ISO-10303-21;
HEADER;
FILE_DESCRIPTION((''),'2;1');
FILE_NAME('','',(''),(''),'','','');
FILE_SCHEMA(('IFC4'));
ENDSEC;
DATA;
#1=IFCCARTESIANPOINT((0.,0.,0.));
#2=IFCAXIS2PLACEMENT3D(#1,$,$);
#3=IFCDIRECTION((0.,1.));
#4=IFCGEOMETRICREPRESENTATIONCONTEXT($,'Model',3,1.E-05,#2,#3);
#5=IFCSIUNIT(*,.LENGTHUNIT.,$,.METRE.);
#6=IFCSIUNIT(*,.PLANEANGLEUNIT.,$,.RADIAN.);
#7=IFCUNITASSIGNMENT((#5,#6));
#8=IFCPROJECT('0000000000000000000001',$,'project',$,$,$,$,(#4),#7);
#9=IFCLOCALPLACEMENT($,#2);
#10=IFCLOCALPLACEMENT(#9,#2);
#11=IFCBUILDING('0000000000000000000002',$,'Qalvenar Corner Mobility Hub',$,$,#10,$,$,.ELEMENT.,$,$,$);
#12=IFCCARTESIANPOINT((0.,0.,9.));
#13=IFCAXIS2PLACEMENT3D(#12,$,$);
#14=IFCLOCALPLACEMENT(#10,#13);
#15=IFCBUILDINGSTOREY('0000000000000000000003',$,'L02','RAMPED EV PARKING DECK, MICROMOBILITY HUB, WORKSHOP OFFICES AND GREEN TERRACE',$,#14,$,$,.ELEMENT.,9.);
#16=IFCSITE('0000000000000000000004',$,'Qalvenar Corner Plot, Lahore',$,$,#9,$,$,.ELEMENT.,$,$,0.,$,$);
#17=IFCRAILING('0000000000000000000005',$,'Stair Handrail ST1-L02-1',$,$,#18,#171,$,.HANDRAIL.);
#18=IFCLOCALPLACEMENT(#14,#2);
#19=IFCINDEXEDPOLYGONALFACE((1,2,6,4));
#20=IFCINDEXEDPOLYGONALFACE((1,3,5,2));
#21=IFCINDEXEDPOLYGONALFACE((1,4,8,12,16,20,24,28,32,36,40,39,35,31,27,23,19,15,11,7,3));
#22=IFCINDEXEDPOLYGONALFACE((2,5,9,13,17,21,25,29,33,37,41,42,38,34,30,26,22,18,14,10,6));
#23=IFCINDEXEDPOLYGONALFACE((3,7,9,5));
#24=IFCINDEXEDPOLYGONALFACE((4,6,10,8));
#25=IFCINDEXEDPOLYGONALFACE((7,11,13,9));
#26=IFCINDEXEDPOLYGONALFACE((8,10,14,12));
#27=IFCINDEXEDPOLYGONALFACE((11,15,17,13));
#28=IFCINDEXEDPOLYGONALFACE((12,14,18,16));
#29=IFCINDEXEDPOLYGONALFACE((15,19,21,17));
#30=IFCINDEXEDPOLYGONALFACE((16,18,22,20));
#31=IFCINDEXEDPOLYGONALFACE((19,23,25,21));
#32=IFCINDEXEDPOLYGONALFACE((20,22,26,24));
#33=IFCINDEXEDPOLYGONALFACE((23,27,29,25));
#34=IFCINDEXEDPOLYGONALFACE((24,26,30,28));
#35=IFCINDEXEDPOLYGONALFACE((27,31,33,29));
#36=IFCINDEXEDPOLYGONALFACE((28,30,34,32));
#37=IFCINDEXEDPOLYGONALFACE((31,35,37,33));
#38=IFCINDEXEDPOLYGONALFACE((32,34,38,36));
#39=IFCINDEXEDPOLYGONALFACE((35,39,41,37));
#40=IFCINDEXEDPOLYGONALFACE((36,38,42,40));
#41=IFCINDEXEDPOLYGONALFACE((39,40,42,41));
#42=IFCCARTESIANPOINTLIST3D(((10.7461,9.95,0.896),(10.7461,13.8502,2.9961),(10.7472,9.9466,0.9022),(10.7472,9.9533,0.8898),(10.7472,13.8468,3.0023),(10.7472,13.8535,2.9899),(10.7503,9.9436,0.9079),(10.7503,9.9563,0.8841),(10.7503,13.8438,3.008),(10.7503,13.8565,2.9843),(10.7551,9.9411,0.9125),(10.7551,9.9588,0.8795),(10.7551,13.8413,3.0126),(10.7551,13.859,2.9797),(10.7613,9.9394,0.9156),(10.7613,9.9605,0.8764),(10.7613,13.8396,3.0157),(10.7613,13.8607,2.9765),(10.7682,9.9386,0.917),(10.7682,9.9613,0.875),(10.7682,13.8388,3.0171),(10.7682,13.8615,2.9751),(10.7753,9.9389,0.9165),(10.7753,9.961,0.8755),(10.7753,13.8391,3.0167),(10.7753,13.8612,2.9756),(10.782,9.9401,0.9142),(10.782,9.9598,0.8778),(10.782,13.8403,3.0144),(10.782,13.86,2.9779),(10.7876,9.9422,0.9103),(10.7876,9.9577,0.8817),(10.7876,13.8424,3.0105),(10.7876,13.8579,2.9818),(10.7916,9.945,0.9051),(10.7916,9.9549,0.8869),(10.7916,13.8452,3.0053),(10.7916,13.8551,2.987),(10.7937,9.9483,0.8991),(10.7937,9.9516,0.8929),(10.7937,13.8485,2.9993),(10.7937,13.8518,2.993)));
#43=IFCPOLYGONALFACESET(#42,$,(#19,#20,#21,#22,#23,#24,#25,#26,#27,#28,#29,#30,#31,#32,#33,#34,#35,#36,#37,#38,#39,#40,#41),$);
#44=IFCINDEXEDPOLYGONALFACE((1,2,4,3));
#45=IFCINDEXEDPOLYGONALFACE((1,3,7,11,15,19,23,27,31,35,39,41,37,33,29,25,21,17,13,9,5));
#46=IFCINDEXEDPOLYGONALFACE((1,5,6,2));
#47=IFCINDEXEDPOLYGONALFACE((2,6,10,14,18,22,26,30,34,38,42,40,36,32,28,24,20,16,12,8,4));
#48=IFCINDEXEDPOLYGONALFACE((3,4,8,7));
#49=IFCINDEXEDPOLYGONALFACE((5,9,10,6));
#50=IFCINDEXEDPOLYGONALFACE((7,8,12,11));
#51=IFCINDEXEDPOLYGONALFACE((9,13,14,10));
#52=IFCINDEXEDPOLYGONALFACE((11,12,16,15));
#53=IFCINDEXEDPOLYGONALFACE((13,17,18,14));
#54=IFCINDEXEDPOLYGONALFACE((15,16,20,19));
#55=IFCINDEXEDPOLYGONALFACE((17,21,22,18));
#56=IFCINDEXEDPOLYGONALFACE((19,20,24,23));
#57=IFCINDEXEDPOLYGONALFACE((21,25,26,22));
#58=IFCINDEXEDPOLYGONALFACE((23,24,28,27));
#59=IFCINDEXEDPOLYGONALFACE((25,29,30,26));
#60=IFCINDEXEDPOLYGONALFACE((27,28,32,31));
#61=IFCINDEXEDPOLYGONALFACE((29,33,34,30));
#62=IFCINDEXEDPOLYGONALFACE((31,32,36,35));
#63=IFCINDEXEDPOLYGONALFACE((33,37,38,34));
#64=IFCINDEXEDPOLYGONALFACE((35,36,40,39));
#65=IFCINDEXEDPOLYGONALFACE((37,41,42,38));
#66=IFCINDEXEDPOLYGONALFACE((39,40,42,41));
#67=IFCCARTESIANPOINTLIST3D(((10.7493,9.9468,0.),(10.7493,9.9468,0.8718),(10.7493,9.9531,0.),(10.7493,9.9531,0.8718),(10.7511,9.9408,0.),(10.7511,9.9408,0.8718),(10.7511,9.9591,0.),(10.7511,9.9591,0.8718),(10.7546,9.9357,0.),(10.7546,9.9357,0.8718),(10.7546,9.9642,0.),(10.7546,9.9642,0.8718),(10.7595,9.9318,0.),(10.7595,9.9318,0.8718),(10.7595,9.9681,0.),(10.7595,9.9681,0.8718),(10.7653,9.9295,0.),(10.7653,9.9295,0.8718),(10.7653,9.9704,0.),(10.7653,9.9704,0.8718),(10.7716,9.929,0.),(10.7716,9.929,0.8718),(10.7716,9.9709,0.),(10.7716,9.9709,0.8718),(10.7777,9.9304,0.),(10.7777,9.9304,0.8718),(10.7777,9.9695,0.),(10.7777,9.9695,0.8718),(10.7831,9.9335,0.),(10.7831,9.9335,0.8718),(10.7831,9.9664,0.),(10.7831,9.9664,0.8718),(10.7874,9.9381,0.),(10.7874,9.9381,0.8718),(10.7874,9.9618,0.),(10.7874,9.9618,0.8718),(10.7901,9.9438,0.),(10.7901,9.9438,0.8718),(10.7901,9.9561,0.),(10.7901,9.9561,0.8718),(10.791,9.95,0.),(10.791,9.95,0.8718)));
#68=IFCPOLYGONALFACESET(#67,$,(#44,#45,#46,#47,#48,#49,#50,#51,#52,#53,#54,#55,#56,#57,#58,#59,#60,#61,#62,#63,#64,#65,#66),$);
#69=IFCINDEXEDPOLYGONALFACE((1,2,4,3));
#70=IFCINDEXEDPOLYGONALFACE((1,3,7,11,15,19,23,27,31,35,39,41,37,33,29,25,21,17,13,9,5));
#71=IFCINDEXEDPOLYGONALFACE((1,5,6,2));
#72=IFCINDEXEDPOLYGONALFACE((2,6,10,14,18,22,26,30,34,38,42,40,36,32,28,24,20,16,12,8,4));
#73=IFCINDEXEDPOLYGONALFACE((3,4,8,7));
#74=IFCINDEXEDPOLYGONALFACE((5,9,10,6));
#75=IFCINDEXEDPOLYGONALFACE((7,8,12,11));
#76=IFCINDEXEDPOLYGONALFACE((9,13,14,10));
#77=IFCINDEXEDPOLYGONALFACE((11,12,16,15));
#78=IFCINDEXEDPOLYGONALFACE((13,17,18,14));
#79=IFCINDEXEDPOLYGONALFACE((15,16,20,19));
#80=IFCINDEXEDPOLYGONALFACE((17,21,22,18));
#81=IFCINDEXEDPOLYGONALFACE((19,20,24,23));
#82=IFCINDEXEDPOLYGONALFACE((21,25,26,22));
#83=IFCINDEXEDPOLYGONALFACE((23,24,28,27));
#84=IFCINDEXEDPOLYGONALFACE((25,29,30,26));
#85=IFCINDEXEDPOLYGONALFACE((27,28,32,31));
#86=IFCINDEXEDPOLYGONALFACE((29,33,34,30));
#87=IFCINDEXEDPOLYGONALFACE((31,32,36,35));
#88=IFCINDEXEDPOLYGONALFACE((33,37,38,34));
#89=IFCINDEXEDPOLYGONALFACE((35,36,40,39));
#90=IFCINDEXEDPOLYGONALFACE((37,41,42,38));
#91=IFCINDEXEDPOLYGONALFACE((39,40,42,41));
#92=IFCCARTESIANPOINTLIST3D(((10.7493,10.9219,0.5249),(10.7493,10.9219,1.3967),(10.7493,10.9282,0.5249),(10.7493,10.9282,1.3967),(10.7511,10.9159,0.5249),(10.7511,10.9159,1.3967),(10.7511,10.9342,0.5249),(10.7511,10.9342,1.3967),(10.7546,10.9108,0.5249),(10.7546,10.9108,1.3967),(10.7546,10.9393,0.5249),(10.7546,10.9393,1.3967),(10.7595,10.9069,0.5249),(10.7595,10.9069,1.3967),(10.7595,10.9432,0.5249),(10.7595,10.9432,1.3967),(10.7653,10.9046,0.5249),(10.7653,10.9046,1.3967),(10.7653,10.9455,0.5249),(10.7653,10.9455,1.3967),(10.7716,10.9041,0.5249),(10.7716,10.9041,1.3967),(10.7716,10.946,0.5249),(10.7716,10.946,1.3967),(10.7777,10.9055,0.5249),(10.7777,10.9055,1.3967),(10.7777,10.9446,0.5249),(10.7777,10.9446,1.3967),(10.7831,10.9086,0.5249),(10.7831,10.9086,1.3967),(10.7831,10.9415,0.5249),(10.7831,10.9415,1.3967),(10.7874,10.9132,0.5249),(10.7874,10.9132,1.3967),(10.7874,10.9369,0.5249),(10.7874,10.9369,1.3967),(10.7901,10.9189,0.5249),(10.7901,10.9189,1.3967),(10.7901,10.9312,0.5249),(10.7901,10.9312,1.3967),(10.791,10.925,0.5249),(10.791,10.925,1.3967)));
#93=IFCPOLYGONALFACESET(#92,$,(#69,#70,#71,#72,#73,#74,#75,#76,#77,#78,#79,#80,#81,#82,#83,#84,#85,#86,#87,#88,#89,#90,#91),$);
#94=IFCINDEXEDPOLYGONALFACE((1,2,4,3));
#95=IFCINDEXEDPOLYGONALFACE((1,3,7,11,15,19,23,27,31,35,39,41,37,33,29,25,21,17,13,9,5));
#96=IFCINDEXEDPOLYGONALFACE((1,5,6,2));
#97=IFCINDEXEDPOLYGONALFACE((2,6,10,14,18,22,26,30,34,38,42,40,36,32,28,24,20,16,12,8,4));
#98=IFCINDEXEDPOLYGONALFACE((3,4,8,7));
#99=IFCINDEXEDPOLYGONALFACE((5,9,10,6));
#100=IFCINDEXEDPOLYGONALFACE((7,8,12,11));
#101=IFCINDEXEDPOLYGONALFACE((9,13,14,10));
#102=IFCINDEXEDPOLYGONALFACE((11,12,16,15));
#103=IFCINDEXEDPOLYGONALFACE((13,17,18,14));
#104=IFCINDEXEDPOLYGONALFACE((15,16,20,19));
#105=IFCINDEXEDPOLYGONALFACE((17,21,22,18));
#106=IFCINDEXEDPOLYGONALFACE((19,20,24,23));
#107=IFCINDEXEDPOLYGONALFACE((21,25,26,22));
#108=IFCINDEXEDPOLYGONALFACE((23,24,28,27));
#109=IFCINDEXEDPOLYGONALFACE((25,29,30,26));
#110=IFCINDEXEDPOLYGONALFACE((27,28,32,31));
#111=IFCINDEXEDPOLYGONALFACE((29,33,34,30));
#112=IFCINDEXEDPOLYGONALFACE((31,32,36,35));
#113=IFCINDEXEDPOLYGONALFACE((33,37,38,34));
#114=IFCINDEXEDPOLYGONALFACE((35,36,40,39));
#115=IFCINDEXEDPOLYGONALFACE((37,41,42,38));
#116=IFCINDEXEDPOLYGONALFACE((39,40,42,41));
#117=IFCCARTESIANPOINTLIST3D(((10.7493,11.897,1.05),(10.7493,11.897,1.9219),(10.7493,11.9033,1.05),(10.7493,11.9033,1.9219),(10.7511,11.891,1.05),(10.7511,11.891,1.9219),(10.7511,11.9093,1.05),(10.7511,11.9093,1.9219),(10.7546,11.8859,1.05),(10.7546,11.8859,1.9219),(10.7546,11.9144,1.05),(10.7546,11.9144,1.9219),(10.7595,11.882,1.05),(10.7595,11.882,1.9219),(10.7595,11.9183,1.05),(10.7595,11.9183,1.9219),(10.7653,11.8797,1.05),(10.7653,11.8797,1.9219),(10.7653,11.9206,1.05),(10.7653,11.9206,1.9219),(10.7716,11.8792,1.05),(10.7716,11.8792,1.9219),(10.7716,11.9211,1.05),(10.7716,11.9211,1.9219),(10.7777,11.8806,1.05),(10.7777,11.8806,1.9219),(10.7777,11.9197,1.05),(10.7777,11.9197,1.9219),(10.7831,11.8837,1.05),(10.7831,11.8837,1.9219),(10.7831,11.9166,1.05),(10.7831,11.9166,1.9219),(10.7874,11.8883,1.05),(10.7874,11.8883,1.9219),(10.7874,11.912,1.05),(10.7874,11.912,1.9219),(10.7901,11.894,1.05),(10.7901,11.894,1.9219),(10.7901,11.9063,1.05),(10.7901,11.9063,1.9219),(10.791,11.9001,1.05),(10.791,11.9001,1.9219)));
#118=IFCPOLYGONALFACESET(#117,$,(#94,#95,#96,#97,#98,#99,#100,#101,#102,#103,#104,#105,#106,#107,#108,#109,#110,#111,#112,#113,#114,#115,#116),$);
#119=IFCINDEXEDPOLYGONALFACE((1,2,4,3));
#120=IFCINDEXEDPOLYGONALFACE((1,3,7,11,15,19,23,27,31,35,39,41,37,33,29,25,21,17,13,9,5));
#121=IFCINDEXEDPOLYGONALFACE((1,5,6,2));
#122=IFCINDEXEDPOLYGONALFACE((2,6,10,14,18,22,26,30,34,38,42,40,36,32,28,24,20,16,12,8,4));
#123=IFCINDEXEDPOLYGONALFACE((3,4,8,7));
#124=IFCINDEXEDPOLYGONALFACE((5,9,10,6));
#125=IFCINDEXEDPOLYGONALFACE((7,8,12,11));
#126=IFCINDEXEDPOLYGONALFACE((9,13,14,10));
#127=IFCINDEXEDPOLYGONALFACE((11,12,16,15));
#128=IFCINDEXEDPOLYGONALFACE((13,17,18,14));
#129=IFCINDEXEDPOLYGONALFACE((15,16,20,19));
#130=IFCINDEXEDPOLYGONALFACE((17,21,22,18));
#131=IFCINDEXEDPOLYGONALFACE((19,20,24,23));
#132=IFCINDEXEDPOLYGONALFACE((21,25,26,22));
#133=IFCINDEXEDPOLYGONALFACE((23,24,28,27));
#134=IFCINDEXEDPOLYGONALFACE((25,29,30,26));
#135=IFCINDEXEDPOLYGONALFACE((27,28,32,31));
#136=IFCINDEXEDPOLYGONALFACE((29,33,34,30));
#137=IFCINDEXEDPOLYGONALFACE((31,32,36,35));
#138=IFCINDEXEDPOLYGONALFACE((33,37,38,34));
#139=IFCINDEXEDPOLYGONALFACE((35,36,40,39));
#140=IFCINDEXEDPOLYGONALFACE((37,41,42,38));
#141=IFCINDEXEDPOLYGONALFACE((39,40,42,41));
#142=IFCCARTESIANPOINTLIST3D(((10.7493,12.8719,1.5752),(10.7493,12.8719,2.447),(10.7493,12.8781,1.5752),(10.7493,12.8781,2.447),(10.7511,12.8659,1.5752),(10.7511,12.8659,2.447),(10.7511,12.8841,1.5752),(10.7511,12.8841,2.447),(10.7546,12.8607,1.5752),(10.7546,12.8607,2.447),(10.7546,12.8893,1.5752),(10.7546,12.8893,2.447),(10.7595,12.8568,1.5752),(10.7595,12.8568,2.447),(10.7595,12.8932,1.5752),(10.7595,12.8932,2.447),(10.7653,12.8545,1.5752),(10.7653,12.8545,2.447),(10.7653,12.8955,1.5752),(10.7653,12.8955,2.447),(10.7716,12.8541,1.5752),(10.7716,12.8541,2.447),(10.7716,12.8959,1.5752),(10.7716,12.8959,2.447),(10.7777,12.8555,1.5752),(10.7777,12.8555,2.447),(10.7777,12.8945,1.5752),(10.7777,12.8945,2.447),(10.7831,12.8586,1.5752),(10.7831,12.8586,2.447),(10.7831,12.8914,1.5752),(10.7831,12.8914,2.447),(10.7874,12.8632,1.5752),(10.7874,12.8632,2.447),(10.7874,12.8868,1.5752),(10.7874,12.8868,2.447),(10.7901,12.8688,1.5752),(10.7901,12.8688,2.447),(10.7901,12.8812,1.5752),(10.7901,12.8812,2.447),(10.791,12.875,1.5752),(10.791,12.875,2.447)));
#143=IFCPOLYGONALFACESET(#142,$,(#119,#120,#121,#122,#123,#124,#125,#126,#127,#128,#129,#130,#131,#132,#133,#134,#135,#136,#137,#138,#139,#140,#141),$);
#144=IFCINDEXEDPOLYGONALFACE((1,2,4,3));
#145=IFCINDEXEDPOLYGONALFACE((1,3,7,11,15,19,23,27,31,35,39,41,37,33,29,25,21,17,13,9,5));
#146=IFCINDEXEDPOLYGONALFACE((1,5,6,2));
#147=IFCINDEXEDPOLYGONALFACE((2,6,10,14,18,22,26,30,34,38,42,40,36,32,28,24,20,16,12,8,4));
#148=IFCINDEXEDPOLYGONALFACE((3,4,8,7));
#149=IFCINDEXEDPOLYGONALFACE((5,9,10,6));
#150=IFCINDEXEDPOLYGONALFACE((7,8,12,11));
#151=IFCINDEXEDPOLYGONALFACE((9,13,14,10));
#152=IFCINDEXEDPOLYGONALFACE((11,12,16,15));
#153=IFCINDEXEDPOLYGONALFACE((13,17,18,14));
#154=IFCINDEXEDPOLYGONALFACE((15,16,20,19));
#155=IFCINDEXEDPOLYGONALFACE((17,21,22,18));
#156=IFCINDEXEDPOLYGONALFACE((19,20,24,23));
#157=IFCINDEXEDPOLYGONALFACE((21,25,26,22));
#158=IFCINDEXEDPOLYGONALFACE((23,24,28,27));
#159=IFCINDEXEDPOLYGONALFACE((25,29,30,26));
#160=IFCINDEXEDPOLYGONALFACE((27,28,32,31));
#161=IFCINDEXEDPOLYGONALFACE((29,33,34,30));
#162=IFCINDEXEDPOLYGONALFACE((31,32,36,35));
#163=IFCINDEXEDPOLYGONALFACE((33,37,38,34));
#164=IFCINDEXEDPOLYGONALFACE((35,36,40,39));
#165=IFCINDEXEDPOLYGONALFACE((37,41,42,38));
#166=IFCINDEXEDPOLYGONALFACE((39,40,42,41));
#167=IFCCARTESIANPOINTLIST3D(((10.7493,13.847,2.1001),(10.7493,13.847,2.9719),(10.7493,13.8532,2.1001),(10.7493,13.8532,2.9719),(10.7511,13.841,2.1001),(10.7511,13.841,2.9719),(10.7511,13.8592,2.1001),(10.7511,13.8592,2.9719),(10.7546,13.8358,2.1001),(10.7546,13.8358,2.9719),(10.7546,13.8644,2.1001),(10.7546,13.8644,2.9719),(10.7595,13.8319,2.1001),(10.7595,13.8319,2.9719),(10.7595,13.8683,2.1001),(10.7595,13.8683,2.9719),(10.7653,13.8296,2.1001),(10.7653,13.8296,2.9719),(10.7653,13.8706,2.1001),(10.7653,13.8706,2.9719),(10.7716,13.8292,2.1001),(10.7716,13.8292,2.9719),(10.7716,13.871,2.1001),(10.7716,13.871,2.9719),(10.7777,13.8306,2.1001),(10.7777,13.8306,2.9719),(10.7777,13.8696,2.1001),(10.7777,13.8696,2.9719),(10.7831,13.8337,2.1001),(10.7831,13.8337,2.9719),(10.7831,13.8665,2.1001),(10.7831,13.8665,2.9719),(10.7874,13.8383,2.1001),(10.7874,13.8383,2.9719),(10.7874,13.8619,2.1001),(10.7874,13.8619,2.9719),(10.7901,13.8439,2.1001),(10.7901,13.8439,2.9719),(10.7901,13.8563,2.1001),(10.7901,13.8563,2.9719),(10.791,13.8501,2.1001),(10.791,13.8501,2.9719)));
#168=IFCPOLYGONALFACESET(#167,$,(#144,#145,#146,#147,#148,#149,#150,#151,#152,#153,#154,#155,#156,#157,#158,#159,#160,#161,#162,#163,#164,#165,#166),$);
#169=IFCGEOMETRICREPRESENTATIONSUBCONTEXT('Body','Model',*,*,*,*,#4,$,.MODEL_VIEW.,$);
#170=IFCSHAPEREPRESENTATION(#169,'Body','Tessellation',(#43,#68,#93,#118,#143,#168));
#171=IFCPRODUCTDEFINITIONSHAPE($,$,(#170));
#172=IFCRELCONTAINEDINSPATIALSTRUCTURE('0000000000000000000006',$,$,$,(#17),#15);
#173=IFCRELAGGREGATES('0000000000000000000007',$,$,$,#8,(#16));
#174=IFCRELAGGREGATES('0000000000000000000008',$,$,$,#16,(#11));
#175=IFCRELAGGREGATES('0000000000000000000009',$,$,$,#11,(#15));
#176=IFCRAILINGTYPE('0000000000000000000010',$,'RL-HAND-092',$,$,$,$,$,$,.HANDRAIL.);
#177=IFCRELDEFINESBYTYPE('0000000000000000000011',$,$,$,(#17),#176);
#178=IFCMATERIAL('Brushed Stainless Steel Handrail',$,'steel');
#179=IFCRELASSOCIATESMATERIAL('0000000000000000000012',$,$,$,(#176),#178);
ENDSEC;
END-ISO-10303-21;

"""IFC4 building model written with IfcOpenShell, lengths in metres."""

from ifc_helpers import new_model, si_unit, direction, frame, origin, origin_2d, place, context, subcontext, project, spatial, circle, extrude, material, type_object, element, save


model = new_model("IFC4")

# Units and contexts
model_context = context("Model", 3, precision=1e-05, world=origin(), true_north=direction((0.0, 1.0)))
body_context = subcontext(model_context, "Body", "Model", "MODEL_VIEW")
ifc_project = project(units=[si_unit("LENGTHUNIT", "METRE"), si_unit("PLANEANGLEUNIT", "RADIAN")], contexts=[model_context])

# Site, building, storey
site_placement = place(None, origin())
site = spatial("IfcSite", under=ifc_project, at=site_placement, Name="Qalvenar Corner Plot, Lahore", CompositionType="ELEMENT", RefElevation=0.0)
building_placement = place(site_placement, origin())
building = spatial("IfcBuilding", under=site, at=building_placement, Name="Qalvenar Corner Mobility Hub", CompositionType="ELEMENT")
storey_placement = place(building_placement, frame((0.0, 0.0, 9.0)))
storey = spatial("IfcBuildingStorey", under=building, at=storey_placement, Name="L02", Description="RAMPED EV PARKING DECK, MICROMOBILITY HUB, WORKSHOP OFFICES AND GREEN TERRACE", CompositionType="ELEMENT", Elevation=9.0)

# Railing
ifc_material_1 = material(Name="Brushed Stainless Steel Handrail", Category="steel")
railing_type_1 = type_object("IfcRailingType", Name="RL-HAND-092", PredefinedType="HANDRAIL", material=ifc_material_1)
railing_1_placement = place(storey_placement, frame((10.77, 9.95, 0.0)))
element("IfcRailing", 1, at=railing_1_placement, inside=storey, type_object=railing_type_1, Name="Stair Handrail ST1-L02-1", PredefinedType="HANDRAIL", context=body_context, shape_type="SweptSolid", body=[
    extrude(circle(Radius=0.0239, at=origin_2d()), frame((0.0, 0.0, 0.896), z_axis=(0.0, 0.880469, 0.474103), x_axis=(-1.0, 0.0, 0.0)), (0.0, 0.0, 1.0), 4.4297),
    extrude(circle(Radius=0.021, at=origin_2d()), origin(), (0.0, 0.0, 1.0), 0.8718),
    extrude(circle(Radius=0.021, at=origin_2d()), frame((0.0, 0.9751, 0.5249)), (0.0, 0.0, 1.0), 0.8718),
    extrude(circle(Radius=0.021, at=origin_2d()), frame((0.0, 1.9502, 1.05)), (0.0, 0.0, 1.0), 0.8718),
    extrude(circle(Radius=0.021, at=origin_2d()), frame((0.0, 2.925, 1.5752)), (0.0, 0.0, 1.0), 0.8718),
    extrude(circle(Radius=0.021, at=origin_2d()), frame((0.0, 3.9001, 2.1001)), (0.0, 0.0, 1.0), 0.8718),
])

save(model, "model.ifc")
